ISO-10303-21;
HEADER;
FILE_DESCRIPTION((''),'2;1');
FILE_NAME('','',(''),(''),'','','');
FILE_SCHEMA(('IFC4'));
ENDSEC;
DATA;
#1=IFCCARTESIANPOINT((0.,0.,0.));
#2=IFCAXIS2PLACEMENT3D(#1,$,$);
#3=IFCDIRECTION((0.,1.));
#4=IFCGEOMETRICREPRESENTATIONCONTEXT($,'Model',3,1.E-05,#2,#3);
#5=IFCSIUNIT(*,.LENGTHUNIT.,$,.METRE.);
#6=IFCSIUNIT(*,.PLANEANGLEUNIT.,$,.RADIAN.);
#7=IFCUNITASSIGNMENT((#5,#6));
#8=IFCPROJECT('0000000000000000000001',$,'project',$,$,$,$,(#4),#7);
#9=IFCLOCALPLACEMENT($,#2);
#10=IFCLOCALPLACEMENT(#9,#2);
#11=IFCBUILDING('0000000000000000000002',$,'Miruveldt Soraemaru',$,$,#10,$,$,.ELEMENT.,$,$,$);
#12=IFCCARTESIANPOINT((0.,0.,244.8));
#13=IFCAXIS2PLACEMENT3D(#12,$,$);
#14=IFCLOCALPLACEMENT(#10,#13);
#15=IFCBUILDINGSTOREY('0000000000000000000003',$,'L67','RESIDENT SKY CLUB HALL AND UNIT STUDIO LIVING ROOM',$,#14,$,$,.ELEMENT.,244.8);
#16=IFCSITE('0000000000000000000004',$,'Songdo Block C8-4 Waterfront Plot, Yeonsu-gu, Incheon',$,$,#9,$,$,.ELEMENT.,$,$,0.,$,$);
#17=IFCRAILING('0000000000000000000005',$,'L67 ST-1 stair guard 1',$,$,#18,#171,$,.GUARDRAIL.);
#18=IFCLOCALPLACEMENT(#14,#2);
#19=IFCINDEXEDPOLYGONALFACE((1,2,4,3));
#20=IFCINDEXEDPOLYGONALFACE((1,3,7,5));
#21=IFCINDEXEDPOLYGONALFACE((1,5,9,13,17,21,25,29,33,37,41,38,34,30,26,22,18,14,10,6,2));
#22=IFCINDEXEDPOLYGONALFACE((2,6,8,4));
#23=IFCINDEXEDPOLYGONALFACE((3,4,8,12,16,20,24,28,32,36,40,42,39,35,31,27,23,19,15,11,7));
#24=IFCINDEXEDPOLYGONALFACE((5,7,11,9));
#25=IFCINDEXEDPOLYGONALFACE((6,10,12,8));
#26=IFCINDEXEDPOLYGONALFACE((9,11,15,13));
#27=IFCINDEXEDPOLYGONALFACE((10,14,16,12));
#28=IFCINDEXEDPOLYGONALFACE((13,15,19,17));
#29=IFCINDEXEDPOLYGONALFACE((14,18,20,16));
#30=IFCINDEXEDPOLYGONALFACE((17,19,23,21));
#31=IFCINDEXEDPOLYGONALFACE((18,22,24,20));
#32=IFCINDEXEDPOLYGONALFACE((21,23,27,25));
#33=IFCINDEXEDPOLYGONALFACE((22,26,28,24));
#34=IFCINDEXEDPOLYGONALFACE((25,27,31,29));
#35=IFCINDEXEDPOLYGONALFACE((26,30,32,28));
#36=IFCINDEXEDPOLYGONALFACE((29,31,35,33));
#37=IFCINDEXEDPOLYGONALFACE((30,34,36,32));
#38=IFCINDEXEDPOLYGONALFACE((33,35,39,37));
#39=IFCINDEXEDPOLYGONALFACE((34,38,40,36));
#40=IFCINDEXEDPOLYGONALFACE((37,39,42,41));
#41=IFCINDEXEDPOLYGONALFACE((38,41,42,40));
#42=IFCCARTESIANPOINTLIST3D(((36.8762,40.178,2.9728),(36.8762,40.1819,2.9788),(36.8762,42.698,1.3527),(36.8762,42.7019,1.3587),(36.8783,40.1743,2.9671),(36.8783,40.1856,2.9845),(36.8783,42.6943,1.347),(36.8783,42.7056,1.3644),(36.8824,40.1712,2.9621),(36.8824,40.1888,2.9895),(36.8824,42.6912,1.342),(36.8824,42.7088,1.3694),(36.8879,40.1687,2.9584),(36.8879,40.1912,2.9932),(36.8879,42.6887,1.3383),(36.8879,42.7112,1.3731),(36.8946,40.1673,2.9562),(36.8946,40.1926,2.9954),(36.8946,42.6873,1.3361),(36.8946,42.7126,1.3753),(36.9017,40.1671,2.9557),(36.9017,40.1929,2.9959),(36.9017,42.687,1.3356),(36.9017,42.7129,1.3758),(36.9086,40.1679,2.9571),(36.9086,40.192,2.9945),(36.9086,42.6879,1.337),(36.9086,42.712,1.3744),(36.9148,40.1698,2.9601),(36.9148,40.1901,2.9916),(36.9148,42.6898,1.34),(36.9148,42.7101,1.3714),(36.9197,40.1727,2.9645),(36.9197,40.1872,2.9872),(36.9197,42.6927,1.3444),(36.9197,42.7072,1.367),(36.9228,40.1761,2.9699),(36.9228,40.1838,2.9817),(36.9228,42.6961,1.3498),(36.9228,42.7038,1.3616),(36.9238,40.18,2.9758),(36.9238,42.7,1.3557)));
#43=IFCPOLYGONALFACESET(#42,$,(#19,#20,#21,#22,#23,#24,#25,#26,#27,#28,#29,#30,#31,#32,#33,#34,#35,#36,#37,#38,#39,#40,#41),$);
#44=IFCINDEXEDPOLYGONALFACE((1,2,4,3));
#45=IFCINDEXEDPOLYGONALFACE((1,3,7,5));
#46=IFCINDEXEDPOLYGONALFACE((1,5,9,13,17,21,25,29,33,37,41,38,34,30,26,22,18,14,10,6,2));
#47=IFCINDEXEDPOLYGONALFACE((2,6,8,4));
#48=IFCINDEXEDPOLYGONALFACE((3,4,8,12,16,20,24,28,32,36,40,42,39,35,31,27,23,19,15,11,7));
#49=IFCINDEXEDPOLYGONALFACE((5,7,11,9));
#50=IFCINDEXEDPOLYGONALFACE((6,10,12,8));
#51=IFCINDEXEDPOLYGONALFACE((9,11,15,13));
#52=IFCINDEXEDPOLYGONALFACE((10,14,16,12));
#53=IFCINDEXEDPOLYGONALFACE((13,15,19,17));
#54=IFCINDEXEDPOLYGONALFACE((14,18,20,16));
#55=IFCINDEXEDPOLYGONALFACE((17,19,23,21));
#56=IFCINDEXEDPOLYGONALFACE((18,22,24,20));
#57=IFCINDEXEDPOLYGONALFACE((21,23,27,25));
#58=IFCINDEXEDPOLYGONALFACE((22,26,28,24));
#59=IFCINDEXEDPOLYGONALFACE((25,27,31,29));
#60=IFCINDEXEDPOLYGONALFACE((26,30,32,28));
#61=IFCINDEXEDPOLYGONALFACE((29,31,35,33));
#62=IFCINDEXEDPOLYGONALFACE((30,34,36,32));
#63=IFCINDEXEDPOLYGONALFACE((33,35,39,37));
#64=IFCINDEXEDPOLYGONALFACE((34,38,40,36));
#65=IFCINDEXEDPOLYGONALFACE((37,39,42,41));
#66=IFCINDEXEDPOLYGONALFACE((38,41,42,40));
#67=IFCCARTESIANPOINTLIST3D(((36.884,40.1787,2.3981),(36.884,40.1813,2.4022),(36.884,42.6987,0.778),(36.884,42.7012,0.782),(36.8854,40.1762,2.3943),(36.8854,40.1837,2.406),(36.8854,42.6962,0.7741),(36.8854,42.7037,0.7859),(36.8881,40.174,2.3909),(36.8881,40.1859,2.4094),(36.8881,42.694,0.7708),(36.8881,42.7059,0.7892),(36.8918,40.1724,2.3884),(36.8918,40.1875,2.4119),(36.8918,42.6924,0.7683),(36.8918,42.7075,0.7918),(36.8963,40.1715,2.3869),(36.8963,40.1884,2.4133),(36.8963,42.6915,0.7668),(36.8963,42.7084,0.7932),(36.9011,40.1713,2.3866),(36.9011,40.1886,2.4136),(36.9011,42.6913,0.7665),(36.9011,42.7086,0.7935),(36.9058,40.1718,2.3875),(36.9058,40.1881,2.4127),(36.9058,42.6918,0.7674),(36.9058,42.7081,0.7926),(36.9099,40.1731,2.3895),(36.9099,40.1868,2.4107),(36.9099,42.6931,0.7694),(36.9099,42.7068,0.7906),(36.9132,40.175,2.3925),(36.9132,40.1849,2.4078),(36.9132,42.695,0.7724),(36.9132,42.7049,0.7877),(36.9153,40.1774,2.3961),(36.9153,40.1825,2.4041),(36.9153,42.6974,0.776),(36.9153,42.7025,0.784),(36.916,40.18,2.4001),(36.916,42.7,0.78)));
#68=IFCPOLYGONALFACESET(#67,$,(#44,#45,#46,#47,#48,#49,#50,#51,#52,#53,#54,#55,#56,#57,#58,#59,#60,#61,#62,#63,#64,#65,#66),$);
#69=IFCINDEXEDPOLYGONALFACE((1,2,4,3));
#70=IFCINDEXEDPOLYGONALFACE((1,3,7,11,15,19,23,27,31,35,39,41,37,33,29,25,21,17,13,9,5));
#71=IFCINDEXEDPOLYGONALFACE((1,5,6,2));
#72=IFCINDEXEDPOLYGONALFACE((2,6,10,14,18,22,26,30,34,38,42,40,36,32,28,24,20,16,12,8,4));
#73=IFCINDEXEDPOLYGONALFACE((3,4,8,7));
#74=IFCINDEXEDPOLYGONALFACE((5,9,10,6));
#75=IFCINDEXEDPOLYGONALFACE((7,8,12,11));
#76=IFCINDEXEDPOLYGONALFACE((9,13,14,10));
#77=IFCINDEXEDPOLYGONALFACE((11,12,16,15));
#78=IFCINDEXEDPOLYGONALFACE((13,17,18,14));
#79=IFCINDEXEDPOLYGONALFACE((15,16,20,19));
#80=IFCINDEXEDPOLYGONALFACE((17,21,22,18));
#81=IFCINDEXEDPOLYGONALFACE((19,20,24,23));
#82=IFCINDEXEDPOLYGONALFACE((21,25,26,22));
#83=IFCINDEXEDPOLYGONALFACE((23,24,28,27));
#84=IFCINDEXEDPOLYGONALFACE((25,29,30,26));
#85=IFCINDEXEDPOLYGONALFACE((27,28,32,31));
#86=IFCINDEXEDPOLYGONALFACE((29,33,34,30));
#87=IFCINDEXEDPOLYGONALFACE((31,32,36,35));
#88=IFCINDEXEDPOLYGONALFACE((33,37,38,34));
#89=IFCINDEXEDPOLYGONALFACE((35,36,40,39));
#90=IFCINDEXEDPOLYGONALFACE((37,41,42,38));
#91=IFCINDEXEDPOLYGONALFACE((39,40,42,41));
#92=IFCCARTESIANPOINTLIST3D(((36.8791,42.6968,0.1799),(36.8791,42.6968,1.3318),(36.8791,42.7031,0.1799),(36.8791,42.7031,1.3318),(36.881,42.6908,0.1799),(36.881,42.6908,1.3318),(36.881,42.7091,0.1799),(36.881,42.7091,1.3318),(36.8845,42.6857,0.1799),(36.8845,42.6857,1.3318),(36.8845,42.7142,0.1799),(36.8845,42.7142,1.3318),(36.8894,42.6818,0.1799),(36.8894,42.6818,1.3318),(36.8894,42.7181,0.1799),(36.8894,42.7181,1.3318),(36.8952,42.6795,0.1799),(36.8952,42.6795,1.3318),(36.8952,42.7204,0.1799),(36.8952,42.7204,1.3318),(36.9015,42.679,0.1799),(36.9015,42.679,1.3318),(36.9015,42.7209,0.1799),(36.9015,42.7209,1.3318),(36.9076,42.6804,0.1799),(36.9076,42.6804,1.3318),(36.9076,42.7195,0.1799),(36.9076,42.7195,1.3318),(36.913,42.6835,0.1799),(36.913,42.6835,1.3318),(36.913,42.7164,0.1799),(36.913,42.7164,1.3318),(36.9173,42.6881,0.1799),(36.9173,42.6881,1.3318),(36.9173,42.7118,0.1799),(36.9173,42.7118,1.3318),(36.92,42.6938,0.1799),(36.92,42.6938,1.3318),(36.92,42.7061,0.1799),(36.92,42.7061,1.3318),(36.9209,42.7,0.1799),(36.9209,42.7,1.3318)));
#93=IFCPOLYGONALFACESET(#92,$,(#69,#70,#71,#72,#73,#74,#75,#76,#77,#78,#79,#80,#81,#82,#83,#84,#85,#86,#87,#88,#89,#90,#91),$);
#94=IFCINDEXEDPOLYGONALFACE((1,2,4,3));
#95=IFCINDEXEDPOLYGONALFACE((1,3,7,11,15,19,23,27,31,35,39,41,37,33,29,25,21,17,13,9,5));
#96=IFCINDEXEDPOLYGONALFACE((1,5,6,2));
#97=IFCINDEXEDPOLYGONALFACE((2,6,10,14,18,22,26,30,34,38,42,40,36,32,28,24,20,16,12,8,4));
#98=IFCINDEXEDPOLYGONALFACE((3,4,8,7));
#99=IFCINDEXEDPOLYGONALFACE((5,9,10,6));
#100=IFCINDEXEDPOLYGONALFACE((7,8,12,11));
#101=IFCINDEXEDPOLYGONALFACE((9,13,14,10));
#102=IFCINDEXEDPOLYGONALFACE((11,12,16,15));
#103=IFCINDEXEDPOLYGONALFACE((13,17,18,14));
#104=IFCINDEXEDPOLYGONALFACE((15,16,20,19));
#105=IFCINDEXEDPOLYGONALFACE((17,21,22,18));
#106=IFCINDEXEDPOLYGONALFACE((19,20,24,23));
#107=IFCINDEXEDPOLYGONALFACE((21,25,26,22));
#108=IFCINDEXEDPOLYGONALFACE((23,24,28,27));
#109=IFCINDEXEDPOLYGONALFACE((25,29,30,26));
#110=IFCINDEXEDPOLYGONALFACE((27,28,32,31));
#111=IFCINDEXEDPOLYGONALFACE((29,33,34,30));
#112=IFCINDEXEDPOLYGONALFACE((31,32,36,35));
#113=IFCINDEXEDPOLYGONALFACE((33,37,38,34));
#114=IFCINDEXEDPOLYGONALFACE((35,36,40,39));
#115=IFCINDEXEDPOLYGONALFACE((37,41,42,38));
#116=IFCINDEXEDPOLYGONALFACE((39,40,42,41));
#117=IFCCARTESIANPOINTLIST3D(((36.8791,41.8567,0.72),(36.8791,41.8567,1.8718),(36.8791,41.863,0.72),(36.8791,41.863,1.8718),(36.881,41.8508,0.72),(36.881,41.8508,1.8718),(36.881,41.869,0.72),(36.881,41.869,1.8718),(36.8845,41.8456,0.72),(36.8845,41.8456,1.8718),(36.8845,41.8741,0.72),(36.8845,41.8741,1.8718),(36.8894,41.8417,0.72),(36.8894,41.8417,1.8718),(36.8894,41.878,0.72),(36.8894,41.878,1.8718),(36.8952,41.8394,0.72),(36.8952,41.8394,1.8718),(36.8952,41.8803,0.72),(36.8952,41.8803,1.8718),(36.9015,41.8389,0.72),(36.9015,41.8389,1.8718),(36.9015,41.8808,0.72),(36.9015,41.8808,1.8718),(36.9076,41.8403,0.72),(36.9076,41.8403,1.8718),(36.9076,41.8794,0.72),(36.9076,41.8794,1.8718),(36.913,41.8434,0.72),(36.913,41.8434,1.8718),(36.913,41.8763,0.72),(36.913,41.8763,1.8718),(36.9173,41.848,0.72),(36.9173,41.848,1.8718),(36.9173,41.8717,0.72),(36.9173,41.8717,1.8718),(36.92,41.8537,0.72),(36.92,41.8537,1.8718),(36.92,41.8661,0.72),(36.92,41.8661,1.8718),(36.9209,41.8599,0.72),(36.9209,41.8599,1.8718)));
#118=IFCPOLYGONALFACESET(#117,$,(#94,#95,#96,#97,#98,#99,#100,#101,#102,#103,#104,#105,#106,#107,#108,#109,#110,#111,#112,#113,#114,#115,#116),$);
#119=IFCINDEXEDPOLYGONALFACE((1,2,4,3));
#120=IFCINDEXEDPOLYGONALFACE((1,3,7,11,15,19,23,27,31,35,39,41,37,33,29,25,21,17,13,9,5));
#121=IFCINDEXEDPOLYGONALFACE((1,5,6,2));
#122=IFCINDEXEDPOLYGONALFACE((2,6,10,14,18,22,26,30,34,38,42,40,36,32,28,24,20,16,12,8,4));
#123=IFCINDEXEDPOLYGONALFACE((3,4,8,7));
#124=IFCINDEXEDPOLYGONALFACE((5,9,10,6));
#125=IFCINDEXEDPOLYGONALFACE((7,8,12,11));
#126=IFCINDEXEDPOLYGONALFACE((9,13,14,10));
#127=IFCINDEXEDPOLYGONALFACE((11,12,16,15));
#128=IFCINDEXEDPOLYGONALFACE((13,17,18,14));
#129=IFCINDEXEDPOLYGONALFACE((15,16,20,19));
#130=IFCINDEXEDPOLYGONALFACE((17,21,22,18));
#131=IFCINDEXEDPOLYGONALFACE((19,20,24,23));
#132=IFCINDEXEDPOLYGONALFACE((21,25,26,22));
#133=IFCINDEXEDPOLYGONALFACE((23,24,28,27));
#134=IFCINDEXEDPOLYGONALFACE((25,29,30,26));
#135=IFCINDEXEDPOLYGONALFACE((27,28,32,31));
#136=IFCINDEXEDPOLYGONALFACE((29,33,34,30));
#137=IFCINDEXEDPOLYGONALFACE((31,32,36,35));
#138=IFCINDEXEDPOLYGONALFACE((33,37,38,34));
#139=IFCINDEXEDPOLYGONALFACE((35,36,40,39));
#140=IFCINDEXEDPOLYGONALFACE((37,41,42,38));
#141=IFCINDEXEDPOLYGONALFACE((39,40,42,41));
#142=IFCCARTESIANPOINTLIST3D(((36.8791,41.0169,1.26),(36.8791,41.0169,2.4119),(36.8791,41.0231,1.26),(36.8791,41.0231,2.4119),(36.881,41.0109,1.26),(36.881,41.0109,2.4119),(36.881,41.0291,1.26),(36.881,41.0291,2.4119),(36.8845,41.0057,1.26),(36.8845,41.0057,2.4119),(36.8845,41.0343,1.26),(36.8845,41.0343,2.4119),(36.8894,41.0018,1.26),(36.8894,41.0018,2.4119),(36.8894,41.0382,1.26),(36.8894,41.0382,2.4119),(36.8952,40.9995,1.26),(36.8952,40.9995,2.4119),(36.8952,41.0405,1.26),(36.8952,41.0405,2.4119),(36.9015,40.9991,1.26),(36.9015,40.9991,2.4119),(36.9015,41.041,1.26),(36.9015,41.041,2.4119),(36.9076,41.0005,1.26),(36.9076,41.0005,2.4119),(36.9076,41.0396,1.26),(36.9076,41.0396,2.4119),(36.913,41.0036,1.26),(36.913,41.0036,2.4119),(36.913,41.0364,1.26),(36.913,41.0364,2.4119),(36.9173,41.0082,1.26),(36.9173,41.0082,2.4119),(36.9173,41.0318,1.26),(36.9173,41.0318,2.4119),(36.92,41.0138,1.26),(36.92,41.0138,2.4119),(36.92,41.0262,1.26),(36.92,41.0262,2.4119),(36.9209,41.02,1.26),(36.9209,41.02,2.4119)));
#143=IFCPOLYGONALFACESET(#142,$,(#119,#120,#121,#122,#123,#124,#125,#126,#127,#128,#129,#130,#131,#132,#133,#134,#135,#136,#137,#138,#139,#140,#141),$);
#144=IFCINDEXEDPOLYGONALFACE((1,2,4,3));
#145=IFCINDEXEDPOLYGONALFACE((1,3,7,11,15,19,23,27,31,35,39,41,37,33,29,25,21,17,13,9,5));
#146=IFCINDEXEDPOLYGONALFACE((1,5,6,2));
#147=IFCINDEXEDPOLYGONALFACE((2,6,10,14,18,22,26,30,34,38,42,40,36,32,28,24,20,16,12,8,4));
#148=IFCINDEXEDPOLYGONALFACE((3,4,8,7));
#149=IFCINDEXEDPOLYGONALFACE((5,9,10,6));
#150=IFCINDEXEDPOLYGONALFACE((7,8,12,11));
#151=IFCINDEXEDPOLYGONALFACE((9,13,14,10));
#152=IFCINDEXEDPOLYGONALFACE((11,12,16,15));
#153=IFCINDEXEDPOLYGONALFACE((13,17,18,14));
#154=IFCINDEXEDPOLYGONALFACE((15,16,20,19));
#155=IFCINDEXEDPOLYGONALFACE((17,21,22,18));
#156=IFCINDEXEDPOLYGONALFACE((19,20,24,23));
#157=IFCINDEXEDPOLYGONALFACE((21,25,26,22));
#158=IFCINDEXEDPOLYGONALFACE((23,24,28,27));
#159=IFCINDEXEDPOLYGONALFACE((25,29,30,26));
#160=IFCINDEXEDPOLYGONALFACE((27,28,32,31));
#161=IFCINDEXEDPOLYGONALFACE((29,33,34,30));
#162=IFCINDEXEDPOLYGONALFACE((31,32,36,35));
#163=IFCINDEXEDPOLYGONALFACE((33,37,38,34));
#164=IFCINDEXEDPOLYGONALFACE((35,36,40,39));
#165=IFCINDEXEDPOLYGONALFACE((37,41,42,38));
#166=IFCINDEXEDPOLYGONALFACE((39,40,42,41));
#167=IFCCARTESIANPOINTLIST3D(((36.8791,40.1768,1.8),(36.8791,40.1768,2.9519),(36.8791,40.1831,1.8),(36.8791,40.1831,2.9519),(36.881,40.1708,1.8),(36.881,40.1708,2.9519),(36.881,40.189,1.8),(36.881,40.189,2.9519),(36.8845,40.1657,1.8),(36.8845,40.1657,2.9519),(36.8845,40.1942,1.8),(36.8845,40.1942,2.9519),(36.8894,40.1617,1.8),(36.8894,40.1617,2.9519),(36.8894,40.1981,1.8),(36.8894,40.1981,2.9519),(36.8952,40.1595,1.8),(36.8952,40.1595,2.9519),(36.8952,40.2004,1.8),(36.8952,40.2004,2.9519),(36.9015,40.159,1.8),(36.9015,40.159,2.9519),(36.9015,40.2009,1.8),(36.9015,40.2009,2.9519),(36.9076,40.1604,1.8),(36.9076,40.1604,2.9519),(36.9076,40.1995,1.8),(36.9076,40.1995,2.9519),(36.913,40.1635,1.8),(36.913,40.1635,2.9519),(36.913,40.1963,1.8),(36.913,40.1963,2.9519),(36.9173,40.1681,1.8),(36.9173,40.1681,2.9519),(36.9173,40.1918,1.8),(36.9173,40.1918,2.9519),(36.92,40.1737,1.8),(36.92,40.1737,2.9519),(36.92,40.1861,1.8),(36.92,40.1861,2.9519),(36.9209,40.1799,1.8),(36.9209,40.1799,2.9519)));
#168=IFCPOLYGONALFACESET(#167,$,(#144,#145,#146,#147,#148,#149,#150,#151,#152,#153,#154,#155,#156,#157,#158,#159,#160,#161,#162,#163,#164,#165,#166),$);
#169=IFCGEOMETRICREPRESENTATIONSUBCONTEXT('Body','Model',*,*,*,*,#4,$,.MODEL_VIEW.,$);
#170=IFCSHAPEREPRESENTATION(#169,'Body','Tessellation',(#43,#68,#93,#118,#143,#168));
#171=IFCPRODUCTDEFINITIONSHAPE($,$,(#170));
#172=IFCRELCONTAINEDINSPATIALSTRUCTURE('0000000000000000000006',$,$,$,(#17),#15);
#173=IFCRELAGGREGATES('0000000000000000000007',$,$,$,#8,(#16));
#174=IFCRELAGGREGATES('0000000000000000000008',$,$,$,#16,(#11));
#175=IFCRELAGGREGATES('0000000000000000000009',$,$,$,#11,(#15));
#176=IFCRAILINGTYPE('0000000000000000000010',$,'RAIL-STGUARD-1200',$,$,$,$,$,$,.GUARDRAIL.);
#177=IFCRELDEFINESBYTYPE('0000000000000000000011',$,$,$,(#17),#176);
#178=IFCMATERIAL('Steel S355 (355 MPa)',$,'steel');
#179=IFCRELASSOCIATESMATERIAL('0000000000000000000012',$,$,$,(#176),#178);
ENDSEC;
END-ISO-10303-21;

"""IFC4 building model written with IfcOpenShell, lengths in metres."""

from ifc_helpers import new_model, si_unit, direction, frame, origin, origin_2d, place, context, subcontext, project, spatial, circle, extrude, material, type_object, element, save


model = new_model("IFC4")

# Units and contexts
model_context = context("Model", 3, precision=1e-05, world=origin(), true_north=direction((0.0, 1.0)))
body_context = subcontext(model_context, "Body", "Model", "MODEL_VIEW")
ifc_project = project(units=[si_unit("LENGTHUNIT", "METRE"), si_unit("PLANEANGLEUNIT", "RADIAN")], contexts=[model_context])

# Site, building, storey
site_placement = place(None, origin())
site = spatial("IfcSite", under=ifc_project, at=site_placement, Name="Songdo Block C8-4 Waterfront Plot, Yeonsu-gu, Incheon", CompositionType="ELEMENT", RefElevation=0.0)
building_placement = place(site_placement, origin())
building = spatial("IfcBuilding", under=site, at=building_placement, Name="Miruveldt Soraemaru", CompositionType="ELEMENT")
storey_placement = place(building_placement, frame((0.0, 0.0, 244.8)))
storey = spatial("IfcBuildingStorey", under=building, at=storey_placement, Name="L67", Description="RESIDENT SKY CLUB HALL AND UNIT STUDIO LIVING ROOM", CompositionType="ELEMENT", Elevation=244.8)

# Railing
ifc_material_1 = material(Name="Steel S355 (355 MPa)", Category="steel")
railing_type_1 = type_object("IfcRailingType", Name="RAIL-STGUARD-1200", PredefinedType="GUARDRAIL", material=ifc_material_1)
railing_1_placement = place(storey_placement, frame((36.8999, 42.7, 0.1799)))
element("IfcRailing", 1, at=railing_1_placement, inside=storey, type_object=railing_type_1, Name="L67 ST-1 stair guard 1", PredefinedType="GUARDRAIL", context=body_context, shape_type="SweptSolid", body=[
    extrude(circle(Radius=0.0239, at=origin_2d()), frame((0.0, 0.0, 1.1758), z_axis=(0.0, -0.841163, 0.540782), x_axis=(1.0, 0.0, 0.0)), (0.0, 0.0, 1.0), 2.9958),
    extrude(circle(Radius=0.0161, at=origin_2d()), frame((0.0, 0.0, 0.6001), z_axis=(0.0, -0.841163, 0.540782), x_axis=(1.0, 0.0, 0.0)), (0.0, 0.0, 1.0), 2.9958),
    extrude(circle(Radius=0.021, at=origin_2d()), origin(), (0.0, 0.0, 1.0), 1.1519),
    extrude(circle(Radius=0.021, at=origin_2d()), frame((0.0, -0.8401, 0.54)), (0.0, 0.0, 1.0), 1.1519),
    extrude(circle(Radius=0.021, at=origin_2d()), frame((0.0, -1.6799, 1.0801)), (0.0, 0.0, 1.0), 1.1519),
    extrude(circle(Radius=0.021, at=origin_2d()), frame((0.0, -2.52, 1.6201)), (0.0, 0.0, 1.0), 1.1519),
])

save(model, "model.ifc")
